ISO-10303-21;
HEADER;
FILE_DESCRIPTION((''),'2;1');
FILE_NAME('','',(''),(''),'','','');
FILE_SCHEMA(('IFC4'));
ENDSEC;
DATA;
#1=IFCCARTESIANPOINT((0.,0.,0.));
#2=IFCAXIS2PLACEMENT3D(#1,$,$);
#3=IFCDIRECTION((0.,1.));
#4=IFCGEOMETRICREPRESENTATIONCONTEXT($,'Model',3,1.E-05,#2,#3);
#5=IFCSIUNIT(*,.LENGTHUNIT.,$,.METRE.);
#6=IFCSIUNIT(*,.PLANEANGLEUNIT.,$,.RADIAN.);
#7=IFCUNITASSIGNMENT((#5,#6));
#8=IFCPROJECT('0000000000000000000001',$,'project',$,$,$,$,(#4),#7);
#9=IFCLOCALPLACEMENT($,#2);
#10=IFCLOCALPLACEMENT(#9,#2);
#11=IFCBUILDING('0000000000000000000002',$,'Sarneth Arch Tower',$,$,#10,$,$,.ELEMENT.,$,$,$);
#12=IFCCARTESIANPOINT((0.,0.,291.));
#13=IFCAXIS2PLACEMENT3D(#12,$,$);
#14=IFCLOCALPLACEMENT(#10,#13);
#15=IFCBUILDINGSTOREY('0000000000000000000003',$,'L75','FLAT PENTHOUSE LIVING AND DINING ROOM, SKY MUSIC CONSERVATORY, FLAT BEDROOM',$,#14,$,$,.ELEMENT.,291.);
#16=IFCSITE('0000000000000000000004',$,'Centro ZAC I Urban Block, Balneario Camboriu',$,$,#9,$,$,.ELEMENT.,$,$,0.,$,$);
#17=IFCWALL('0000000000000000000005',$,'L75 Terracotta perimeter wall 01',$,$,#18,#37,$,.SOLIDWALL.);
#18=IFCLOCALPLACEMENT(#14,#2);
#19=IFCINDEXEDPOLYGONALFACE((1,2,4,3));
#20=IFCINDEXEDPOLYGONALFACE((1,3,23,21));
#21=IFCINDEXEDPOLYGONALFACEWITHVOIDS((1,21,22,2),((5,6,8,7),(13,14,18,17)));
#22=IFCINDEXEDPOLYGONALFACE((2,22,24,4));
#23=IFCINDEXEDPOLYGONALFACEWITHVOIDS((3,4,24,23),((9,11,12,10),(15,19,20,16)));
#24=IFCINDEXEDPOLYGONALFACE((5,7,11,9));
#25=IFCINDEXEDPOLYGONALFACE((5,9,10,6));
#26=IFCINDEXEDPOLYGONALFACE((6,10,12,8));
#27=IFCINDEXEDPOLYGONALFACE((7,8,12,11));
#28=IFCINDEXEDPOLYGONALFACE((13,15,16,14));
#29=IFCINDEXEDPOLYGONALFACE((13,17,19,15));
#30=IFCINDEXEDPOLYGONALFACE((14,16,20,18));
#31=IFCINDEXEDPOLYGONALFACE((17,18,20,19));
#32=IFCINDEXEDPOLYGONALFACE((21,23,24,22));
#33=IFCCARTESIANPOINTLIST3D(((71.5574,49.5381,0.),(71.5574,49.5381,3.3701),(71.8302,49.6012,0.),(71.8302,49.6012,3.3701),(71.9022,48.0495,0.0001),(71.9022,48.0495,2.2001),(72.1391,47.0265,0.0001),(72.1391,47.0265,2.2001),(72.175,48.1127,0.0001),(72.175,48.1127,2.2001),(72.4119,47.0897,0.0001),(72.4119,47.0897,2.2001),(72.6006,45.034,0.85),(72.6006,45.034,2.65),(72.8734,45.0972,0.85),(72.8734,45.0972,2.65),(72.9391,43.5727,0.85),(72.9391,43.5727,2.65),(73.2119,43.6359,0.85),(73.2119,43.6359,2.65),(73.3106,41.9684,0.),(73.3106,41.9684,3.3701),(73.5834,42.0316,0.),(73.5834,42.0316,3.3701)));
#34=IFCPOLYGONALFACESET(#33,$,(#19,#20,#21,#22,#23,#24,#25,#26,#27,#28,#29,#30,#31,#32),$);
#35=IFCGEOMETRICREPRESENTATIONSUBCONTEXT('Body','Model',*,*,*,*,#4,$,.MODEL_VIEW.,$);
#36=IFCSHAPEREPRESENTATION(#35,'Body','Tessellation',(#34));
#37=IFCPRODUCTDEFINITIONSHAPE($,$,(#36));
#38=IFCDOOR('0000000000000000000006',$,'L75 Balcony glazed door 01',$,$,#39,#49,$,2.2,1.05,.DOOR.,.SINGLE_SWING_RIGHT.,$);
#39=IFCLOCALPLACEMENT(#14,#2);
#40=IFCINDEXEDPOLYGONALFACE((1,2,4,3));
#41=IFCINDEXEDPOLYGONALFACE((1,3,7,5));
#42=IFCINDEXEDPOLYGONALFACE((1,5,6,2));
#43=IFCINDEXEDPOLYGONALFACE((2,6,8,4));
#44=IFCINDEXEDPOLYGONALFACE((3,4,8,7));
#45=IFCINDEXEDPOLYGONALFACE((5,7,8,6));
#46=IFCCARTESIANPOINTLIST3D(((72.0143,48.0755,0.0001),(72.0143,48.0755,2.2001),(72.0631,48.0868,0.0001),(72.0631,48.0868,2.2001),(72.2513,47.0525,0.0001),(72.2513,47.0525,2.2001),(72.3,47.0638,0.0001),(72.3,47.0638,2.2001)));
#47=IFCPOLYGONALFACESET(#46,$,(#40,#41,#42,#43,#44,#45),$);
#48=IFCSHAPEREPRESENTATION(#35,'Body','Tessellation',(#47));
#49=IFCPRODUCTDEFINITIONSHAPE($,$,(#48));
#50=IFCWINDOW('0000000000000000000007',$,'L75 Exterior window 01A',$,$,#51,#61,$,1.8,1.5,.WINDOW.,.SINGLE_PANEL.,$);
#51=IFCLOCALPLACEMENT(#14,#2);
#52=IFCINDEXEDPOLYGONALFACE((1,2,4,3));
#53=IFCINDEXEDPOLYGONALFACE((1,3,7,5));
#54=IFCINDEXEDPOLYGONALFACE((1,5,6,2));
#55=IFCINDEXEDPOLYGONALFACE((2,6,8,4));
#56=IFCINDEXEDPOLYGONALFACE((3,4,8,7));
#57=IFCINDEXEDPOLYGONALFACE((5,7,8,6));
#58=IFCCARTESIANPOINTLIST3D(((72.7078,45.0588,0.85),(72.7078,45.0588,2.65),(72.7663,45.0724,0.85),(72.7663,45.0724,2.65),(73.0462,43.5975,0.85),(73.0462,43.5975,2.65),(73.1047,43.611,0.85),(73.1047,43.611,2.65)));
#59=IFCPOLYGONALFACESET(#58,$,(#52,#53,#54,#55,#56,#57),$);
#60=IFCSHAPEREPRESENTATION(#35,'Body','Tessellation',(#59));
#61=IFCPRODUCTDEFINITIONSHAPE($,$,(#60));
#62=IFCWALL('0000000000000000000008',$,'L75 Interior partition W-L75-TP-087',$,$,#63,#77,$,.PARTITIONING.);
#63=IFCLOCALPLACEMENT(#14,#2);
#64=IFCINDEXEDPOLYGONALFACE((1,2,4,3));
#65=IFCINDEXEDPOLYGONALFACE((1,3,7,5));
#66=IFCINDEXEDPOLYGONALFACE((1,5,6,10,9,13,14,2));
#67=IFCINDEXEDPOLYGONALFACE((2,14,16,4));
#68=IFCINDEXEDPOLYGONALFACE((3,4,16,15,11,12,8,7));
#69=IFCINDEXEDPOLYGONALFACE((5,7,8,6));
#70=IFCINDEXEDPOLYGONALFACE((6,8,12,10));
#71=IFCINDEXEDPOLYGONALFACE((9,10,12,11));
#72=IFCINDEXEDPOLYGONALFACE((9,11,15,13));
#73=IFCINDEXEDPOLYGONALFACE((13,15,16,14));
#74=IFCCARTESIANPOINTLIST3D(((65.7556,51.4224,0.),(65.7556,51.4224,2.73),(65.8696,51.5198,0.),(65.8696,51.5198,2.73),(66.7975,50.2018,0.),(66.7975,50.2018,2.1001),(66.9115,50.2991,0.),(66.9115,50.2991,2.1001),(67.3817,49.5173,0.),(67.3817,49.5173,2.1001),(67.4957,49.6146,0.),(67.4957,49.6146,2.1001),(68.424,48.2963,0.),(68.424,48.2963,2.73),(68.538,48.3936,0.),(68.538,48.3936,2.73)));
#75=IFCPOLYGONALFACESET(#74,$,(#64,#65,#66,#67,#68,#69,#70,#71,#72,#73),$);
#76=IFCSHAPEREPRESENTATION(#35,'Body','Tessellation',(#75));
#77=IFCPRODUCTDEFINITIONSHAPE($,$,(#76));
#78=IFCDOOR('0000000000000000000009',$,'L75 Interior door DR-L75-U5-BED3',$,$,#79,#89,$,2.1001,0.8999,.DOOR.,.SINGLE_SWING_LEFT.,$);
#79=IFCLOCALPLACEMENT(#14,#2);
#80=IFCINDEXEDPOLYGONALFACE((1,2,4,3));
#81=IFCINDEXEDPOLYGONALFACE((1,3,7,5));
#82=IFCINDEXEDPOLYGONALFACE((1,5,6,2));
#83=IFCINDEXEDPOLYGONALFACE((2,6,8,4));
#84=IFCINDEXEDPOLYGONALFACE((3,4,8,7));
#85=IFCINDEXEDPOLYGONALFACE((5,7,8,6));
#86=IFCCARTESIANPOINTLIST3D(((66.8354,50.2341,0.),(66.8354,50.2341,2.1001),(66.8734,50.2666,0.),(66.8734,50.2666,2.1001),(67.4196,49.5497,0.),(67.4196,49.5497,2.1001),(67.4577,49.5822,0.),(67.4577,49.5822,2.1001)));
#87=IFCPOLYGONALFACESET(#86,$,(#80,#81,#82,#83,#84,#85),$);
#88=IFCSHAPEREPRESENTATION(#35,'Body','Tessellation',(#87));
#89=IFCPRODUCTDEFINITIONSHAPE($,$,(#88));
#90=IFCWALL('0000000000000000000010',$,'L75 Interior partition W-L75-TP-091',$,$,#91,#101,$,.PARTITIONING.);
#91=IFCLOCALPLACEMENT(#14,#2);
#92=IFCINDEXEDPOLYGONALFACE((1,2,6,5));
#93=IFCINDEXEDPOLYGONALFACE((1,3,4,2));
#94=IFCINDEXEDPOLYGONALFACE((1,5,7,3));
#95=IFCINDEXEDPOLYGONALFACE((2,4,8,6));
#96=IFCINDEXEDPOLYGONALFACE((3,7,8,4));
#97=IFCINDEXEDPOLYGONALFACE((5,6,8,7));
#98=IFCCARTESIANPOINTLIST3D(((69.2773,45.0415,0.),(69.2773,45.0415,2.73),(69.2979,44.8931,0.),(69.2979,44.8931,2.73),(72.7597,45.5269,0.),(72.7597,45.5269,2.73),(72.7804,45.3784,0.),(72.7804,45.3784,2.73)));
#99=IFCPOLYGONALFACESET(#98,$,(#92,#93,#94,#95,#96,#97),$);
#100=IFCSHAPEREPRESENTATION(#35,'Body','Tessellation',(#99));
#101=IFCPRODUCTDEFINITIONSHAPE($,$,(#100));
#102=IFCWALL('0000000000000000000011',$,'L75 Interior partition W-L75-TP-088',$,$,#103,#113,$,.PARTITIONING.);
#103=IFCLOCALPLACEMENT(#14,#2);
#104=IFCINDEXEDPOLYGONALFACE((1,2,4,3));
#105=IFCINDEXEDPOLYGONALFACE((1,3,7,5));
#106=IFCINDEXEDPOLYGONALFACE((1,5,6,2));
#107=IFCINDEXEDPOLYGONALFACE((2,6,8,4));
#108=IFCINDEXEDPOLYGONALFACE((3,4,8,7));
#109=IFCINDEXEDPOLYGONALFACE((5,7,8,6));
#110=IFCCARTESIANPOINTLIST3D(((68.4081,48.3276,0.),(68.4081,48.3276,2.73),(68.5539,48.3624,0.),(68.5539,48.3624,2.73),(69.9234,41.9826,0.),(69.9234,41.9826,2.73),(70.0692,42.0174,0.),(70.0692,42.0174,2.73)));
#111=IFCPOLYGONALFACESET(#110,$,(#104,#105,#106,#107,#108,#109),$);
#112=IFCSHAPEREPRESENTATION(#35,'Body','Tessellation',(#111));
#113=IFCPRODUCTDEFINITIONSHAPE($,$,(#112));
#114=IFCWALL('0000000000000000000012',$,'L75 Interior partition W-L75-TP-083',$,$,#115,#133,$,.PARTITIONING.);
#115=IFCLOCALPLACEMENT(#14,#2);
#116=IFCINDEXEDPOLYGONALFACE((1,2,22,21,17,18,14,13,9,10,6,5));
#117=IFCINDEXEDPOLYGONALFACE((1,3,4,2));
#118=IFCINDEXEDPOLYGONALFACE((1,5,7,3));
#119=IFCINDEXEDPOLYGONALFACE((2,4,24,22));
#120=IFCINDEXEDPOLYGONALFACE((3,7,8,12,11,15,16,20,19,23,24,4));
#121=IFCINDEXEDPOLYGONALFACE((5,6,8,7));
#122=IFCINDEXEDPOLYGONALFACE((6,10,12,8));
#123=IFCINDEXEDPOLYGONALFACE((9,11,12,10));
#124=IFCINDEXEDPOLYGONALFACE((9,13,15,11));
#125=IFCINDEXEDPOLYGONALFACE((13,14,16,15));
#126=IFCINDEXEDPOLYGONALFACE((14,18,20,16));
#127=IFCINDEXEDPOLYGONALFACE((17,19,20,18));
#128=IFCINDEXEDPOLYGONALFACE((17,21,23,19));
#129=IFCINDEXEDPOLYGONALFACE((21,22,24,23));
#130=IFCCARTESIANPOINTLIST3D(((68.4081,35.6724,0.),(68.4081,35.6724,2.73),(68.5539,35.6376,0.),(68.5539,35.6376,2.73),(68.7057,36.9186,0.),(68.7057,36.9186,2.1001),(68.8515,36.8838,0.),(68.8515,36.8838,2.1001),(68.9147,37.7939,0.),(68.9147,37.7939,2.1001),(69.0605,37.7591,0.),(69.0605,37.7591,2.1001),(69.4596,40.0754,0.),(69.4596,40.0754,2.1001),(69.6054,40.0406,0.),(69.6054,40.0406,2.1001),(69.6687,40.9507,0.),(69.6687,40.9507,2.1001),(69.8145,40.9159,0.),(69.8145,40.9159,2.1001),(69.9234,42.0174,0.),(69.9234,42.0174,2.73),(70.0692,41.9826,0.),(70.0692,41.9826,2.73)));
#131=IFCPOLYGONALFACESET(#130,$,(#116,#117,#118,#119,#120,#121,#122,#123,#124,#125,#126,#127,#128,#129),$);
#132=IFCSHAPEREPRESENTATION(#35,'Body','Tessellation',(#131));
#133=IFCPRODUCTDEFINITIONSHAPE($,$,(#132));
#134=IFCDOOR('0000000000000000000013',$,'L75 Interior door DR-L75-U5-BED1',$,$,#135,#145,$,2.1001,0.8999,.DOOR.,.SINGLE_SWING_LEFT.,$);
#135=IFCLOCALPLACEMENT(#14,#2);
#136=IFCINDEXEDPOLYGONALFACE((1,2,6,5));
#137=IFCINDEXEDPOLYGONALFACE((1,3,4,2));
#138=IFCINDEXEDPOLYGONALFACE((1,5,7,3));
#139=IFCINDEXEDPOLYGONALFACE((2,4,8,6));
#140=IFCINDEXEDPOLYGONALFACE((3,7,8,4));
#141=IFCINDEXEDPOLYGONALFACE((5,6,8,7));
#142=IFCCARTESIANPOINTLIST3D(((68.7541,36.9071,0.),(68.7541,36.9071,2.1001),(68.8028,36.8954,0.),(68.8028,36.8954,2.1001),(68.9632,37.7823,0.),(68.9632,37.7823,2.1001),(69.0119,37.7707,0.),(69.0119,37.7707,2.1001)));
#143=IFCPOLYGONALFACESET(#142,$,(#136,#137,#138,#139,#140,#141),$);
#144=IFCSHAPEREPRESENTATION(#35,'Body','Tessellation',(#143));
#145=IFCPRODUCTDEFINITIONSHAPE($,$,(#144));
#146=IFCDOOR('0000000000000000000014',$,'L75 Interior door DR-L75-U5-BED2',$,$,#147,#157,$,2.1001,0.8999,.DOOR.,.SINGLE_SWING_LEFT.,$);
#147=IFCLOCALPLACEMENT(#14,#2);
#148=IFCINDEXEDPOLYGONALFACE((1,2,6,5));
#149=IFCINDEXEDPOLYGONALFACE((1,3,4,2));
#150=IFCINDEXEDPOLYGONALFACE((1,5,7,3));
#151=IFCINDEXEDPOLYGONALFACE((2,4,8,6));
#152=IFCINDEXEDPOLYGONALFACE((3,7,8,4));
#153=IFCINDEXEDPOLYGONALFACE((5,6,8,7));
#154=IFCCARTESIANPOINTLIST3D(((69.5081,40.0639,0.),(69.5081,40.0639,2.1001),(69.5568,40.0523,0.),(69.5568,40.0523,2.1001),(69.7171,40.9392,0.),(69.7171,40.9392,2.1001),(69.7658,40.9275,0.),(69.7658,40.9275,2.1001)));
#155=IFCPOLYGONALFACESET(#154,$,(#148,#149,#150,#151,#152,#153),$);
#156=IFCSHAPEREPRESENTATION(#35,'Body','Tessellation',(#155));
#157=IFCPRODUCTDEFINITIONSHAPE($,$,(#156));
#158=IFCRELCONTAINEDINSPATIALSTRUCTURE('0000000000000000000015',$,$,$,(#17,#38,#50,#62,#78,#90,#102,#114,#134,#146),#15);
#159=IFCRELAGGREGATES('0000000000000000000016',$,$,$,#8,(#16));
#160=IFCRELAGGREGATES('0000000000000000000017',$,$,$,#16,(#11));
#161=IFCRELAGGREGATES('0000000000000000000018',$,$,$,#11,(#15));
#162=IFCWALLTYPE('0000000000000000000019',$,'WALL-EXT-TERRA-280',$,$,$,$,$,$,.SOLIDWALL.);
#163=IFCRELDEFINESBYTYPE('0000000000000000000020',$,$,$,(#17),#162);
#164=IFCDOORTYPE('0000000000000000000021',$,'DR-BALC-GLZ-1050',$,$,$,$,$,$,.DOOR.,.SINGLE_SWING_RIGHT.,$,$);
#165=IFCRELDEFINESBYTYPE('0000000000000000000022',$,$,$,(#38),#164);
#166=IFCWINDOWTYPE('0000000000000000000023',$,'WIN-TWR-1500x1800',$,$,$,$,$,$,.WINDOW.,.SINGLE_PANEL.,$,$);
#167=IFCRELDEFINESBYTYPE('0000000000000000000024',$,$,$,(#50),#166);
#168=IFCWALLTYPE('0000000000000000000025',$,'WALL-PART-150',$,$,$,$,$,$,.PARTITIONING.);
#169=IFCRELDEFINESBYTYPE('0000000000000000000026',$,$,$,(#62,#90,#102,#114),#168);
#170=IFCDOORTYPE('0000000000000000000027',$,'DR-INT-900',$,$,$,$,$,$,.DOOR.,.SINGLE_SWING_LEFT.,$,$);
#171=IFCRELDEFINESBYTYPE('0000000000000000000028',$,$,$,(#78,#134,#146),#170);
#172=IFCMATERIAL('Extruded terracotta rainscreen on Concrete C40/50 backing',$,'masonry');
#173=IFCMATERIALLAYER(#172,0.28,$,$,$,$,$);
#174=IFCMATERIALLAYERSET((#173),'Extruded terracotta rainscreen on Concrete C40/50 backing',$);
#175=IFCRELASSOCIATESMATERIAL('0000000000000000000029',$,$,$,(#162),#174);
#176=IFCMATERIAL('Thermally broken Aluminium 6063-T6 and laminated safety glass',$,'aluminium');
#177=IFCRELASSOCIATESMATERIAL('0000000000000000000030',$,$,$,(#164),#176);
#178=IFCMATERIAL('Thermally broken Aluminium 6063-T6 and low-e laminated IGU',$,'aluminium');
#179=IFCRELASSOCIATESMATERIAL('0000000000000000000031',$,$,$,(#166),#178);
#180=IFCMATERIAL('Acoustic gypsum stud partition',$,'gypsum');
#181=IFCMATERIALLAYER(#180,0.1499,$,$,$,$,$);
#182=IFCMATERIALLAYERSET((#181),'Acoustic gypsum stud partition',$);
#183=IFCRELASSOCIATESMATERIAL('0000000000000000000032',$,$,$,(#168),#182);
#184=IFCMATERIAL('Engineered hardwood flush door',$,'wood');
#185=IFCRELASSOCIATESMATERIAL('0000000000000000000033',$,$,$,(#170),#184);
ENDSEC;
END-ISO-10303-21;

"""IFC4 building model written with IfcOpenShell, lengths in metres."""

from ifc_helpers import new_model, si_unit, direction, frame, frame_2d, origin, place, context, subcontext, project, spatial, rectangle, extrude, material, layer, layer_set, type_object, element, fill, save


model = new_model("IFC4")

# Units and contexts
model_context = context("Model", 3, precision=1e-05, world=origin(), true_north=direction((0.0, 1.0)))
body_context = subcontext(model_context, "Body", "Model", "MODEL_VIEW")
ifc_project = project(units=[si_unit("LENGTHUNIT", "METRE"), si_unit("PLANEANGLEUNIT", "RADIAN")], contexts=[model_context])

# Site, building, storey
site_placement = place(None, origin())
site = spatial("IfcSite", under=ifc_project, at=site_placement, Name="Centro ZAC I Urban Block, Balneario Camboriu", CompositionType="ELEMENT", RefElevation=0.0)
building_placement = place(site_placement, origin())
building = spatial("IfcBuilding", under=site, at=building_placement, Name="Sarneth Arch Tower", CompositionType="ELEMENT")
storey_placement = place(building_placement, frame((0.0, 0.0, 291.0)))
storey = spatial("IfcBuildingStorey", under=building, at=storey_placement, Name="L75", Description="FLAT PENTHOUSE LIVING AND DINING ROOM, SKY MUSIC CONSERVATORY, FLAT BEDROOM", CompositionType="ELEMENT", Elevation=291.0)

# Wall, openings, door, window
ifc_material_1 = material(Name="Extruded terracotta rainscreen on Concrete C40/50 backing", Category="masonry")
ifc_layer_1 = layer(ifc_material_1, 0.28)
ifc_layer_set_1 = layer_set([ifc_layer_1], Name="Extruded terracotta rainscreen on Concrete C40/50 backing")
wall_type_1 = type_object("IfcWallType", Name="WALL-EXT-TERRA-280", PredefinedType="SOLIDWALL", material=ifc_layer_set_1)
wall_1_placement = place(storey_placement, frame((73.447, 42.0, 0.0), z_axis=(0.0, 0.0, 1.0), x_axis=(-0.225635, 0.974212, 0.0)))
wall_1 = element("IfcWall", 1, at=wall_1_placement, inside=storey, type_object=wall_type_1, Name="L75 Terracotta perimeter wall 01", PredefinedType="SOLIDWALL", context=body_context, shape_type="SweptSolid", body=[
    extrude(rectangle(XDim=7.77, YDim=0.28, at=frame_2d((3.885, 0.0))), origin(), (0.0, 0.0, 1.0), 3.3701),
])
opening_1_placement = place(wall_1_placement, frame((1.6467, 0.0, 0.8501)))
opening_1 = element("IfcOpeningElement", 2, at=opening_1_placement, cuts=wall_1, PredefinedType="OPENING", context=body_context, shape_type="SweptSolid", body=[
    extrude(rectangle(XDim=1.5, YDim=1.8, at=frame_2d((0.75, 0.8999))), frame((0.0, 0.1499, 0.0), z_axis=(0.0, -1.0, 0.0), x_axis=(1.0, 0.0, 0.0)), (0.0, 0.0, 1.0), 0.3),
])
opening_2_placement = place(wall_1_placement, frame((5.1921, 0.0, 0.0)))
opening_2 = element("IfcOpeningElement", 3, at=opening_2_placement, cuts=wall_1, PredefinedType="OPENING", context=body_context, shape_type="SweptSolid", body=[
    extrude(rectangle(XDim=1.05, YDim=2.2, at=frame_2d((0.5249, 1.1001))), frame((0.0, 0.1499, 0.0), z_axis=(0.0, -1.0, 0.0), x_axis=(1.0, 0.0, 0.0)), (0.0, 0.0, 1.0), 0.3),
])
ifc_material_2 = material(Name="Thermally broken Aluminium 6063-T6 and laminated safety glass", Category="aluminium")
door_type_1 = type_object("IfcDoorType", Name="DR-BALC-GLZ-1050", OperationType="SINGLE_SWING_RIGHT", PredefinedType="DOOR", material=ifc_material_2)
door_1_placement = place(opening_2_placement, origin())
door_1 = element("IfcDoor", 4, at=door_1_placement, inside=storey, type_object=door_type_1, Name="L75 Balcony glazed door 01", OperationType="SINGLE_SWING_RIGHT", OverallHeight=2.2, OverallWidth=1.05, PredefinedType="DOOR", context=body_context, shape_type="SweptSolid", body=[
    extrude(rectangle(XDim=1.05, YDim=2.2, at=frame_2d((0.5249, 1.1001))), frame((0.0, 0.0249, 0.0), z_axis=(0.0, -1.0, 0.0), x_axis=(1.0, 0.0, 0.0)), (0.0, 0.0, 1.0), 0.05),
])
fill(opening_2, door_1)
ifc_material_3 = material(Name="Thermally broken Aluminium 6063-T6 and low-e laminated IGU", Category="aluminium")
window_type = type_object("IfcWindowType", Name="WIN-TWR-1500x1800", PartitioningType="SINGLE_PANEL", PredefinedType="WINDOW", material=ifc_material_3)
window_placement = place(opening_1_placement, origin())
window = element("IfcWindow", 5, at=window_placement, inside=storey, type_object=window_type, Name="L75 Exterior window 01A", OverallHeight=1.8, OverallWidth=1.5, PartitioningType="SINGLE_PANEL", PredefinedType="WINDOW", context=body_context, shape_type="SweptSolid", body=[
    extrude(rectangle(XDim=1.5, YDim=1.8, at=frame_2d((0.75, 0.8999))), frame((0.0, 0.03, 0.0), z_axis=(0.0, -1.0, 0.0), x_axis=(1.0, 0.0, 0.0)), (0.0, 0.0, 1.0), 0.0601),
])
fill(opening_1, window)

# Wall, opening, door
ifc_material_4 = material(Name="Acoustic gypsum stud partition", Category="gypsum")
ifc_layer_2 = layer(ifc_material_4, 0.1499)
ifc_layer_set_2 = layer_set([ifc_layer_2], Name="Acoustic gypsum stud partition")
wall_type_2 = type_object("IfcWallType", Name="WALL-PART-150", PredefinedType="PARTITIONING", material=ifc_layer_set_2)
wall_2_placement = place(storey_placement, frame((65.8125, 51.4712, 0.0), z_axis=(0.0, 0.0, 1.0), x_axis=(0.649225, -0.760597, 0.0)))
wall_2 = element("IfcWall", 6, at=wall_2_placement, inside=storey, type_object=wall_type_2, Name="L75 Interior partition W-L75-TP-087", PredefinedType="PARTITIONING", context=body_context, shape_type="SweptSolid", body=[
    extrude(rectangle(XDim=4.1101, YDim=0.1499, at=frame_2d((2.0552, 0.0))), origin(), (0.0, 0.0, 1.0), 2.73),
])
opening_3_placement = place(wall_2_placement, frame((1.605, 0.0, 0.0)))
opening_3 = element("IfcOpeningElement", 7, at=opening_3_placement, cuts=wall_2, PredefinedType="OPENING", context=body_context, shape_type="SweptSolid", body=[
    extrude(rectangle(XDim=0.8999, YDim=2.1001, at=frame_2d((0.45, 1.05))), frame((0.0, 0.085, 0.0), z_axis=(0.0, -1.0, 0.0), x_axis=(1.0, 0.0, 0.0)), (0.0, 0.0, 1.0), 0.1699),
])
ifc_material_5 = material(Name="Engineered hardwood flush door", Category="wood")
door_type_2 = type_object("IfcDoorType", Name="DR-INT-900", OperationType="SINGLE_SWING_LEFT", PredefinedType="DOOR", material=ifc_material_5)
door_2_placement = place(opening_3_placement, origin())
door_2 = element("IfcDoor", 8, at=door_2_placement, inside=storey, type_object=door_type_2, Name="L75 Interior door DR-L75-U5-BED3", OperationType="SINGLE_SWING_LEFT", OverallHeight=2.1001, OverallWidth=0.8999, PredefinedType="DOOR", context=body_context, shape_type="SweptSolid", body=[
    extrude(rectangle(XDim=0.8999, YDim=2.1001, at=frame_2d((0.45, 1.05))), frame((0.0, 0.0249, 0.0), z_axis=(0.0, -1.0, 0.0), x_axis=(1.0, 0.0, 0.0)), (0.0, 0.0, 1.0), 0.05),
])
fill(opening_3, door_2)

# Walls
wall_3_placement = place(storey_placement, frame((69.2876, 44.9673, 0.0), z_axis=(0.0, 0.0, 1.0), x_axis=(0.990427, 0.138038, 0.0)))
element("IfcWall", 9, at=wall_3_placement, inside=storey, type_object=wall_type_2, Name="L75 Interior partition W-L75-TP-091", PredefinedType="PARTITIONING", context=body_context, shape_type="SweptSolid", body=[
    extrude(rectangle(XDim=3.5161, YDim=0.1499, at=frame_2d((1.7581, 0.0))), origin(), (0.0, 0.0, 1.0), 2.73),
])
wall_4_placement = place(storey_placement, frame((68.481, 48.345, 0.0), z_axis=(0.0, 0.0, 1.0), x_axis=(0.232298, -0.972645, 0.0)))
element("IfcWall", 10, at=wall_4_placement, inside=storey, type_object=wall_type_2, Name="L75 Interior partition W-L75-TP-088", PredefinedType="PARTITIONING", context=body_context, shape_type="SweptSolid", body=[
    extrude(rectangle(XDim=6.5234, YDim=0.1499, at=frame_2d((3.2617, 0.0))), origin(), (0.0, 0.0, 1.0), 2.73),
])

# Wall, openings, doors
wall_5_placement = place(storey_placement, frame((69.9963, 42.0, 0.0), z_axis=(0.0, 0.0, 1.0), x_axis=(-0.232298, -0.972645, 0.0)))
wall_5 = element("IfcWall", 11, at=wall_5_placement, inside=storey, type_object=wall_type_2, Name="L75 Interior partition W-L75-TP-083", PredefinedType="PARTITIONING", context=body_context, shape_type="SweptSolid", body=[
    extrude(rectangle(XDim=6.5234, YDim=0.1499, at=frame_2d((3.2617, 0.0))), origin(), (0.0, 0.0, 1.0), 2.73),
])
opening_4_placement = place(wall_5_placement, frame((4.3423, 0.0, 0.0)))
opening_4 = element("IfcOpeningElement", 12, at=opening_4_placement, cuts=wall_5, PredefinedType="OPENING", context=body_context, shape_type="SweptSolid", body=[
    extrude(rectangle(XDim=0.8999, YDim=2.1001, at=frame_2d((0.45, 1.05))), frame((0.0, 0.085, 0.0), z_axis=(0.0, -1.0, 0.0), x_axis=(1.0, 0.0, 0.0)), (0.0, 0.0, 1.0), 0.1699),
])
opening_5_placement = place(wall_5_placement, frame((1.0967, 0.0, 0.0)))
opening_5 = element("IfcOpeningElement", 13, at=opening_5_placement, cuts=wall_5, PredefinedType="OPENING", context=body_context, shape_type="SweptSolid", body=[
    extrude(rectangle(XDim=0.8999, YDim=2.1001, at=frame_2d((0.45, 1.05))), frame((0.0, 0.085, 0.0), z_axis=(0.0, -1.0, 0.0), x_axis=(1.0, 0.0, 0.0)), (0.0, 0.0, 1.0), 0.1699),
])
door_3_placement = place(opening_4_placement, origin())
door_3 = element("IfcDoor", 14, at=door_3_placement, inside=storey, type_object=door_type_2, Name="L75 Interior door DR-L75-U5-BED1", OperationType="SINGLE_SWING_LEFT", OverallHeight=2.1001, OverallWidth=0.8999, PredefinedType="DOOR", context=body_context, shape_type="SweptSolid", body=[
    extrude(rectangle(XDim=0.8999, YDim=2.1001, at=frame_2d((0.45, 1.05))), frame((0.0, 0.0249, 0.0), z_axis=(0.0, -1.0, 0.0), x_axis=(1.0, 0.0, 0.0)), (0.0, 0.0, 1.0), 0.05),
])
fill(opening_4, door_3)
door_4_placement = place(opening_5_placement, origin())
door_4 = element("IfcDoor", 15, at=door_4_placement, inside=storey, type_object=door_type_2, Name="L75 Interior door DR-L75-U5-BED2", OperationType="SINGLE_SWING_LEFT", OverallHeight=2.1001, OverallWidth=0.8999, PredefinedType="DOOR", context=body_context, shape_type="SweptSolid", body=[
    extrude(rectangle(XDim=0.8999, YDim=2.1001, at=frame_2d((0.45, 1.05))), frame((0.0, 0.0249, 0.0), z_axis=(0.0, -1.0, 0.0), x_axis=(1.0, 0.0, 0.0)), (0.0, 0.0, 1.0), 0.05),
])
fill(opening_5, door_4)

save(model, "model.ifc")
